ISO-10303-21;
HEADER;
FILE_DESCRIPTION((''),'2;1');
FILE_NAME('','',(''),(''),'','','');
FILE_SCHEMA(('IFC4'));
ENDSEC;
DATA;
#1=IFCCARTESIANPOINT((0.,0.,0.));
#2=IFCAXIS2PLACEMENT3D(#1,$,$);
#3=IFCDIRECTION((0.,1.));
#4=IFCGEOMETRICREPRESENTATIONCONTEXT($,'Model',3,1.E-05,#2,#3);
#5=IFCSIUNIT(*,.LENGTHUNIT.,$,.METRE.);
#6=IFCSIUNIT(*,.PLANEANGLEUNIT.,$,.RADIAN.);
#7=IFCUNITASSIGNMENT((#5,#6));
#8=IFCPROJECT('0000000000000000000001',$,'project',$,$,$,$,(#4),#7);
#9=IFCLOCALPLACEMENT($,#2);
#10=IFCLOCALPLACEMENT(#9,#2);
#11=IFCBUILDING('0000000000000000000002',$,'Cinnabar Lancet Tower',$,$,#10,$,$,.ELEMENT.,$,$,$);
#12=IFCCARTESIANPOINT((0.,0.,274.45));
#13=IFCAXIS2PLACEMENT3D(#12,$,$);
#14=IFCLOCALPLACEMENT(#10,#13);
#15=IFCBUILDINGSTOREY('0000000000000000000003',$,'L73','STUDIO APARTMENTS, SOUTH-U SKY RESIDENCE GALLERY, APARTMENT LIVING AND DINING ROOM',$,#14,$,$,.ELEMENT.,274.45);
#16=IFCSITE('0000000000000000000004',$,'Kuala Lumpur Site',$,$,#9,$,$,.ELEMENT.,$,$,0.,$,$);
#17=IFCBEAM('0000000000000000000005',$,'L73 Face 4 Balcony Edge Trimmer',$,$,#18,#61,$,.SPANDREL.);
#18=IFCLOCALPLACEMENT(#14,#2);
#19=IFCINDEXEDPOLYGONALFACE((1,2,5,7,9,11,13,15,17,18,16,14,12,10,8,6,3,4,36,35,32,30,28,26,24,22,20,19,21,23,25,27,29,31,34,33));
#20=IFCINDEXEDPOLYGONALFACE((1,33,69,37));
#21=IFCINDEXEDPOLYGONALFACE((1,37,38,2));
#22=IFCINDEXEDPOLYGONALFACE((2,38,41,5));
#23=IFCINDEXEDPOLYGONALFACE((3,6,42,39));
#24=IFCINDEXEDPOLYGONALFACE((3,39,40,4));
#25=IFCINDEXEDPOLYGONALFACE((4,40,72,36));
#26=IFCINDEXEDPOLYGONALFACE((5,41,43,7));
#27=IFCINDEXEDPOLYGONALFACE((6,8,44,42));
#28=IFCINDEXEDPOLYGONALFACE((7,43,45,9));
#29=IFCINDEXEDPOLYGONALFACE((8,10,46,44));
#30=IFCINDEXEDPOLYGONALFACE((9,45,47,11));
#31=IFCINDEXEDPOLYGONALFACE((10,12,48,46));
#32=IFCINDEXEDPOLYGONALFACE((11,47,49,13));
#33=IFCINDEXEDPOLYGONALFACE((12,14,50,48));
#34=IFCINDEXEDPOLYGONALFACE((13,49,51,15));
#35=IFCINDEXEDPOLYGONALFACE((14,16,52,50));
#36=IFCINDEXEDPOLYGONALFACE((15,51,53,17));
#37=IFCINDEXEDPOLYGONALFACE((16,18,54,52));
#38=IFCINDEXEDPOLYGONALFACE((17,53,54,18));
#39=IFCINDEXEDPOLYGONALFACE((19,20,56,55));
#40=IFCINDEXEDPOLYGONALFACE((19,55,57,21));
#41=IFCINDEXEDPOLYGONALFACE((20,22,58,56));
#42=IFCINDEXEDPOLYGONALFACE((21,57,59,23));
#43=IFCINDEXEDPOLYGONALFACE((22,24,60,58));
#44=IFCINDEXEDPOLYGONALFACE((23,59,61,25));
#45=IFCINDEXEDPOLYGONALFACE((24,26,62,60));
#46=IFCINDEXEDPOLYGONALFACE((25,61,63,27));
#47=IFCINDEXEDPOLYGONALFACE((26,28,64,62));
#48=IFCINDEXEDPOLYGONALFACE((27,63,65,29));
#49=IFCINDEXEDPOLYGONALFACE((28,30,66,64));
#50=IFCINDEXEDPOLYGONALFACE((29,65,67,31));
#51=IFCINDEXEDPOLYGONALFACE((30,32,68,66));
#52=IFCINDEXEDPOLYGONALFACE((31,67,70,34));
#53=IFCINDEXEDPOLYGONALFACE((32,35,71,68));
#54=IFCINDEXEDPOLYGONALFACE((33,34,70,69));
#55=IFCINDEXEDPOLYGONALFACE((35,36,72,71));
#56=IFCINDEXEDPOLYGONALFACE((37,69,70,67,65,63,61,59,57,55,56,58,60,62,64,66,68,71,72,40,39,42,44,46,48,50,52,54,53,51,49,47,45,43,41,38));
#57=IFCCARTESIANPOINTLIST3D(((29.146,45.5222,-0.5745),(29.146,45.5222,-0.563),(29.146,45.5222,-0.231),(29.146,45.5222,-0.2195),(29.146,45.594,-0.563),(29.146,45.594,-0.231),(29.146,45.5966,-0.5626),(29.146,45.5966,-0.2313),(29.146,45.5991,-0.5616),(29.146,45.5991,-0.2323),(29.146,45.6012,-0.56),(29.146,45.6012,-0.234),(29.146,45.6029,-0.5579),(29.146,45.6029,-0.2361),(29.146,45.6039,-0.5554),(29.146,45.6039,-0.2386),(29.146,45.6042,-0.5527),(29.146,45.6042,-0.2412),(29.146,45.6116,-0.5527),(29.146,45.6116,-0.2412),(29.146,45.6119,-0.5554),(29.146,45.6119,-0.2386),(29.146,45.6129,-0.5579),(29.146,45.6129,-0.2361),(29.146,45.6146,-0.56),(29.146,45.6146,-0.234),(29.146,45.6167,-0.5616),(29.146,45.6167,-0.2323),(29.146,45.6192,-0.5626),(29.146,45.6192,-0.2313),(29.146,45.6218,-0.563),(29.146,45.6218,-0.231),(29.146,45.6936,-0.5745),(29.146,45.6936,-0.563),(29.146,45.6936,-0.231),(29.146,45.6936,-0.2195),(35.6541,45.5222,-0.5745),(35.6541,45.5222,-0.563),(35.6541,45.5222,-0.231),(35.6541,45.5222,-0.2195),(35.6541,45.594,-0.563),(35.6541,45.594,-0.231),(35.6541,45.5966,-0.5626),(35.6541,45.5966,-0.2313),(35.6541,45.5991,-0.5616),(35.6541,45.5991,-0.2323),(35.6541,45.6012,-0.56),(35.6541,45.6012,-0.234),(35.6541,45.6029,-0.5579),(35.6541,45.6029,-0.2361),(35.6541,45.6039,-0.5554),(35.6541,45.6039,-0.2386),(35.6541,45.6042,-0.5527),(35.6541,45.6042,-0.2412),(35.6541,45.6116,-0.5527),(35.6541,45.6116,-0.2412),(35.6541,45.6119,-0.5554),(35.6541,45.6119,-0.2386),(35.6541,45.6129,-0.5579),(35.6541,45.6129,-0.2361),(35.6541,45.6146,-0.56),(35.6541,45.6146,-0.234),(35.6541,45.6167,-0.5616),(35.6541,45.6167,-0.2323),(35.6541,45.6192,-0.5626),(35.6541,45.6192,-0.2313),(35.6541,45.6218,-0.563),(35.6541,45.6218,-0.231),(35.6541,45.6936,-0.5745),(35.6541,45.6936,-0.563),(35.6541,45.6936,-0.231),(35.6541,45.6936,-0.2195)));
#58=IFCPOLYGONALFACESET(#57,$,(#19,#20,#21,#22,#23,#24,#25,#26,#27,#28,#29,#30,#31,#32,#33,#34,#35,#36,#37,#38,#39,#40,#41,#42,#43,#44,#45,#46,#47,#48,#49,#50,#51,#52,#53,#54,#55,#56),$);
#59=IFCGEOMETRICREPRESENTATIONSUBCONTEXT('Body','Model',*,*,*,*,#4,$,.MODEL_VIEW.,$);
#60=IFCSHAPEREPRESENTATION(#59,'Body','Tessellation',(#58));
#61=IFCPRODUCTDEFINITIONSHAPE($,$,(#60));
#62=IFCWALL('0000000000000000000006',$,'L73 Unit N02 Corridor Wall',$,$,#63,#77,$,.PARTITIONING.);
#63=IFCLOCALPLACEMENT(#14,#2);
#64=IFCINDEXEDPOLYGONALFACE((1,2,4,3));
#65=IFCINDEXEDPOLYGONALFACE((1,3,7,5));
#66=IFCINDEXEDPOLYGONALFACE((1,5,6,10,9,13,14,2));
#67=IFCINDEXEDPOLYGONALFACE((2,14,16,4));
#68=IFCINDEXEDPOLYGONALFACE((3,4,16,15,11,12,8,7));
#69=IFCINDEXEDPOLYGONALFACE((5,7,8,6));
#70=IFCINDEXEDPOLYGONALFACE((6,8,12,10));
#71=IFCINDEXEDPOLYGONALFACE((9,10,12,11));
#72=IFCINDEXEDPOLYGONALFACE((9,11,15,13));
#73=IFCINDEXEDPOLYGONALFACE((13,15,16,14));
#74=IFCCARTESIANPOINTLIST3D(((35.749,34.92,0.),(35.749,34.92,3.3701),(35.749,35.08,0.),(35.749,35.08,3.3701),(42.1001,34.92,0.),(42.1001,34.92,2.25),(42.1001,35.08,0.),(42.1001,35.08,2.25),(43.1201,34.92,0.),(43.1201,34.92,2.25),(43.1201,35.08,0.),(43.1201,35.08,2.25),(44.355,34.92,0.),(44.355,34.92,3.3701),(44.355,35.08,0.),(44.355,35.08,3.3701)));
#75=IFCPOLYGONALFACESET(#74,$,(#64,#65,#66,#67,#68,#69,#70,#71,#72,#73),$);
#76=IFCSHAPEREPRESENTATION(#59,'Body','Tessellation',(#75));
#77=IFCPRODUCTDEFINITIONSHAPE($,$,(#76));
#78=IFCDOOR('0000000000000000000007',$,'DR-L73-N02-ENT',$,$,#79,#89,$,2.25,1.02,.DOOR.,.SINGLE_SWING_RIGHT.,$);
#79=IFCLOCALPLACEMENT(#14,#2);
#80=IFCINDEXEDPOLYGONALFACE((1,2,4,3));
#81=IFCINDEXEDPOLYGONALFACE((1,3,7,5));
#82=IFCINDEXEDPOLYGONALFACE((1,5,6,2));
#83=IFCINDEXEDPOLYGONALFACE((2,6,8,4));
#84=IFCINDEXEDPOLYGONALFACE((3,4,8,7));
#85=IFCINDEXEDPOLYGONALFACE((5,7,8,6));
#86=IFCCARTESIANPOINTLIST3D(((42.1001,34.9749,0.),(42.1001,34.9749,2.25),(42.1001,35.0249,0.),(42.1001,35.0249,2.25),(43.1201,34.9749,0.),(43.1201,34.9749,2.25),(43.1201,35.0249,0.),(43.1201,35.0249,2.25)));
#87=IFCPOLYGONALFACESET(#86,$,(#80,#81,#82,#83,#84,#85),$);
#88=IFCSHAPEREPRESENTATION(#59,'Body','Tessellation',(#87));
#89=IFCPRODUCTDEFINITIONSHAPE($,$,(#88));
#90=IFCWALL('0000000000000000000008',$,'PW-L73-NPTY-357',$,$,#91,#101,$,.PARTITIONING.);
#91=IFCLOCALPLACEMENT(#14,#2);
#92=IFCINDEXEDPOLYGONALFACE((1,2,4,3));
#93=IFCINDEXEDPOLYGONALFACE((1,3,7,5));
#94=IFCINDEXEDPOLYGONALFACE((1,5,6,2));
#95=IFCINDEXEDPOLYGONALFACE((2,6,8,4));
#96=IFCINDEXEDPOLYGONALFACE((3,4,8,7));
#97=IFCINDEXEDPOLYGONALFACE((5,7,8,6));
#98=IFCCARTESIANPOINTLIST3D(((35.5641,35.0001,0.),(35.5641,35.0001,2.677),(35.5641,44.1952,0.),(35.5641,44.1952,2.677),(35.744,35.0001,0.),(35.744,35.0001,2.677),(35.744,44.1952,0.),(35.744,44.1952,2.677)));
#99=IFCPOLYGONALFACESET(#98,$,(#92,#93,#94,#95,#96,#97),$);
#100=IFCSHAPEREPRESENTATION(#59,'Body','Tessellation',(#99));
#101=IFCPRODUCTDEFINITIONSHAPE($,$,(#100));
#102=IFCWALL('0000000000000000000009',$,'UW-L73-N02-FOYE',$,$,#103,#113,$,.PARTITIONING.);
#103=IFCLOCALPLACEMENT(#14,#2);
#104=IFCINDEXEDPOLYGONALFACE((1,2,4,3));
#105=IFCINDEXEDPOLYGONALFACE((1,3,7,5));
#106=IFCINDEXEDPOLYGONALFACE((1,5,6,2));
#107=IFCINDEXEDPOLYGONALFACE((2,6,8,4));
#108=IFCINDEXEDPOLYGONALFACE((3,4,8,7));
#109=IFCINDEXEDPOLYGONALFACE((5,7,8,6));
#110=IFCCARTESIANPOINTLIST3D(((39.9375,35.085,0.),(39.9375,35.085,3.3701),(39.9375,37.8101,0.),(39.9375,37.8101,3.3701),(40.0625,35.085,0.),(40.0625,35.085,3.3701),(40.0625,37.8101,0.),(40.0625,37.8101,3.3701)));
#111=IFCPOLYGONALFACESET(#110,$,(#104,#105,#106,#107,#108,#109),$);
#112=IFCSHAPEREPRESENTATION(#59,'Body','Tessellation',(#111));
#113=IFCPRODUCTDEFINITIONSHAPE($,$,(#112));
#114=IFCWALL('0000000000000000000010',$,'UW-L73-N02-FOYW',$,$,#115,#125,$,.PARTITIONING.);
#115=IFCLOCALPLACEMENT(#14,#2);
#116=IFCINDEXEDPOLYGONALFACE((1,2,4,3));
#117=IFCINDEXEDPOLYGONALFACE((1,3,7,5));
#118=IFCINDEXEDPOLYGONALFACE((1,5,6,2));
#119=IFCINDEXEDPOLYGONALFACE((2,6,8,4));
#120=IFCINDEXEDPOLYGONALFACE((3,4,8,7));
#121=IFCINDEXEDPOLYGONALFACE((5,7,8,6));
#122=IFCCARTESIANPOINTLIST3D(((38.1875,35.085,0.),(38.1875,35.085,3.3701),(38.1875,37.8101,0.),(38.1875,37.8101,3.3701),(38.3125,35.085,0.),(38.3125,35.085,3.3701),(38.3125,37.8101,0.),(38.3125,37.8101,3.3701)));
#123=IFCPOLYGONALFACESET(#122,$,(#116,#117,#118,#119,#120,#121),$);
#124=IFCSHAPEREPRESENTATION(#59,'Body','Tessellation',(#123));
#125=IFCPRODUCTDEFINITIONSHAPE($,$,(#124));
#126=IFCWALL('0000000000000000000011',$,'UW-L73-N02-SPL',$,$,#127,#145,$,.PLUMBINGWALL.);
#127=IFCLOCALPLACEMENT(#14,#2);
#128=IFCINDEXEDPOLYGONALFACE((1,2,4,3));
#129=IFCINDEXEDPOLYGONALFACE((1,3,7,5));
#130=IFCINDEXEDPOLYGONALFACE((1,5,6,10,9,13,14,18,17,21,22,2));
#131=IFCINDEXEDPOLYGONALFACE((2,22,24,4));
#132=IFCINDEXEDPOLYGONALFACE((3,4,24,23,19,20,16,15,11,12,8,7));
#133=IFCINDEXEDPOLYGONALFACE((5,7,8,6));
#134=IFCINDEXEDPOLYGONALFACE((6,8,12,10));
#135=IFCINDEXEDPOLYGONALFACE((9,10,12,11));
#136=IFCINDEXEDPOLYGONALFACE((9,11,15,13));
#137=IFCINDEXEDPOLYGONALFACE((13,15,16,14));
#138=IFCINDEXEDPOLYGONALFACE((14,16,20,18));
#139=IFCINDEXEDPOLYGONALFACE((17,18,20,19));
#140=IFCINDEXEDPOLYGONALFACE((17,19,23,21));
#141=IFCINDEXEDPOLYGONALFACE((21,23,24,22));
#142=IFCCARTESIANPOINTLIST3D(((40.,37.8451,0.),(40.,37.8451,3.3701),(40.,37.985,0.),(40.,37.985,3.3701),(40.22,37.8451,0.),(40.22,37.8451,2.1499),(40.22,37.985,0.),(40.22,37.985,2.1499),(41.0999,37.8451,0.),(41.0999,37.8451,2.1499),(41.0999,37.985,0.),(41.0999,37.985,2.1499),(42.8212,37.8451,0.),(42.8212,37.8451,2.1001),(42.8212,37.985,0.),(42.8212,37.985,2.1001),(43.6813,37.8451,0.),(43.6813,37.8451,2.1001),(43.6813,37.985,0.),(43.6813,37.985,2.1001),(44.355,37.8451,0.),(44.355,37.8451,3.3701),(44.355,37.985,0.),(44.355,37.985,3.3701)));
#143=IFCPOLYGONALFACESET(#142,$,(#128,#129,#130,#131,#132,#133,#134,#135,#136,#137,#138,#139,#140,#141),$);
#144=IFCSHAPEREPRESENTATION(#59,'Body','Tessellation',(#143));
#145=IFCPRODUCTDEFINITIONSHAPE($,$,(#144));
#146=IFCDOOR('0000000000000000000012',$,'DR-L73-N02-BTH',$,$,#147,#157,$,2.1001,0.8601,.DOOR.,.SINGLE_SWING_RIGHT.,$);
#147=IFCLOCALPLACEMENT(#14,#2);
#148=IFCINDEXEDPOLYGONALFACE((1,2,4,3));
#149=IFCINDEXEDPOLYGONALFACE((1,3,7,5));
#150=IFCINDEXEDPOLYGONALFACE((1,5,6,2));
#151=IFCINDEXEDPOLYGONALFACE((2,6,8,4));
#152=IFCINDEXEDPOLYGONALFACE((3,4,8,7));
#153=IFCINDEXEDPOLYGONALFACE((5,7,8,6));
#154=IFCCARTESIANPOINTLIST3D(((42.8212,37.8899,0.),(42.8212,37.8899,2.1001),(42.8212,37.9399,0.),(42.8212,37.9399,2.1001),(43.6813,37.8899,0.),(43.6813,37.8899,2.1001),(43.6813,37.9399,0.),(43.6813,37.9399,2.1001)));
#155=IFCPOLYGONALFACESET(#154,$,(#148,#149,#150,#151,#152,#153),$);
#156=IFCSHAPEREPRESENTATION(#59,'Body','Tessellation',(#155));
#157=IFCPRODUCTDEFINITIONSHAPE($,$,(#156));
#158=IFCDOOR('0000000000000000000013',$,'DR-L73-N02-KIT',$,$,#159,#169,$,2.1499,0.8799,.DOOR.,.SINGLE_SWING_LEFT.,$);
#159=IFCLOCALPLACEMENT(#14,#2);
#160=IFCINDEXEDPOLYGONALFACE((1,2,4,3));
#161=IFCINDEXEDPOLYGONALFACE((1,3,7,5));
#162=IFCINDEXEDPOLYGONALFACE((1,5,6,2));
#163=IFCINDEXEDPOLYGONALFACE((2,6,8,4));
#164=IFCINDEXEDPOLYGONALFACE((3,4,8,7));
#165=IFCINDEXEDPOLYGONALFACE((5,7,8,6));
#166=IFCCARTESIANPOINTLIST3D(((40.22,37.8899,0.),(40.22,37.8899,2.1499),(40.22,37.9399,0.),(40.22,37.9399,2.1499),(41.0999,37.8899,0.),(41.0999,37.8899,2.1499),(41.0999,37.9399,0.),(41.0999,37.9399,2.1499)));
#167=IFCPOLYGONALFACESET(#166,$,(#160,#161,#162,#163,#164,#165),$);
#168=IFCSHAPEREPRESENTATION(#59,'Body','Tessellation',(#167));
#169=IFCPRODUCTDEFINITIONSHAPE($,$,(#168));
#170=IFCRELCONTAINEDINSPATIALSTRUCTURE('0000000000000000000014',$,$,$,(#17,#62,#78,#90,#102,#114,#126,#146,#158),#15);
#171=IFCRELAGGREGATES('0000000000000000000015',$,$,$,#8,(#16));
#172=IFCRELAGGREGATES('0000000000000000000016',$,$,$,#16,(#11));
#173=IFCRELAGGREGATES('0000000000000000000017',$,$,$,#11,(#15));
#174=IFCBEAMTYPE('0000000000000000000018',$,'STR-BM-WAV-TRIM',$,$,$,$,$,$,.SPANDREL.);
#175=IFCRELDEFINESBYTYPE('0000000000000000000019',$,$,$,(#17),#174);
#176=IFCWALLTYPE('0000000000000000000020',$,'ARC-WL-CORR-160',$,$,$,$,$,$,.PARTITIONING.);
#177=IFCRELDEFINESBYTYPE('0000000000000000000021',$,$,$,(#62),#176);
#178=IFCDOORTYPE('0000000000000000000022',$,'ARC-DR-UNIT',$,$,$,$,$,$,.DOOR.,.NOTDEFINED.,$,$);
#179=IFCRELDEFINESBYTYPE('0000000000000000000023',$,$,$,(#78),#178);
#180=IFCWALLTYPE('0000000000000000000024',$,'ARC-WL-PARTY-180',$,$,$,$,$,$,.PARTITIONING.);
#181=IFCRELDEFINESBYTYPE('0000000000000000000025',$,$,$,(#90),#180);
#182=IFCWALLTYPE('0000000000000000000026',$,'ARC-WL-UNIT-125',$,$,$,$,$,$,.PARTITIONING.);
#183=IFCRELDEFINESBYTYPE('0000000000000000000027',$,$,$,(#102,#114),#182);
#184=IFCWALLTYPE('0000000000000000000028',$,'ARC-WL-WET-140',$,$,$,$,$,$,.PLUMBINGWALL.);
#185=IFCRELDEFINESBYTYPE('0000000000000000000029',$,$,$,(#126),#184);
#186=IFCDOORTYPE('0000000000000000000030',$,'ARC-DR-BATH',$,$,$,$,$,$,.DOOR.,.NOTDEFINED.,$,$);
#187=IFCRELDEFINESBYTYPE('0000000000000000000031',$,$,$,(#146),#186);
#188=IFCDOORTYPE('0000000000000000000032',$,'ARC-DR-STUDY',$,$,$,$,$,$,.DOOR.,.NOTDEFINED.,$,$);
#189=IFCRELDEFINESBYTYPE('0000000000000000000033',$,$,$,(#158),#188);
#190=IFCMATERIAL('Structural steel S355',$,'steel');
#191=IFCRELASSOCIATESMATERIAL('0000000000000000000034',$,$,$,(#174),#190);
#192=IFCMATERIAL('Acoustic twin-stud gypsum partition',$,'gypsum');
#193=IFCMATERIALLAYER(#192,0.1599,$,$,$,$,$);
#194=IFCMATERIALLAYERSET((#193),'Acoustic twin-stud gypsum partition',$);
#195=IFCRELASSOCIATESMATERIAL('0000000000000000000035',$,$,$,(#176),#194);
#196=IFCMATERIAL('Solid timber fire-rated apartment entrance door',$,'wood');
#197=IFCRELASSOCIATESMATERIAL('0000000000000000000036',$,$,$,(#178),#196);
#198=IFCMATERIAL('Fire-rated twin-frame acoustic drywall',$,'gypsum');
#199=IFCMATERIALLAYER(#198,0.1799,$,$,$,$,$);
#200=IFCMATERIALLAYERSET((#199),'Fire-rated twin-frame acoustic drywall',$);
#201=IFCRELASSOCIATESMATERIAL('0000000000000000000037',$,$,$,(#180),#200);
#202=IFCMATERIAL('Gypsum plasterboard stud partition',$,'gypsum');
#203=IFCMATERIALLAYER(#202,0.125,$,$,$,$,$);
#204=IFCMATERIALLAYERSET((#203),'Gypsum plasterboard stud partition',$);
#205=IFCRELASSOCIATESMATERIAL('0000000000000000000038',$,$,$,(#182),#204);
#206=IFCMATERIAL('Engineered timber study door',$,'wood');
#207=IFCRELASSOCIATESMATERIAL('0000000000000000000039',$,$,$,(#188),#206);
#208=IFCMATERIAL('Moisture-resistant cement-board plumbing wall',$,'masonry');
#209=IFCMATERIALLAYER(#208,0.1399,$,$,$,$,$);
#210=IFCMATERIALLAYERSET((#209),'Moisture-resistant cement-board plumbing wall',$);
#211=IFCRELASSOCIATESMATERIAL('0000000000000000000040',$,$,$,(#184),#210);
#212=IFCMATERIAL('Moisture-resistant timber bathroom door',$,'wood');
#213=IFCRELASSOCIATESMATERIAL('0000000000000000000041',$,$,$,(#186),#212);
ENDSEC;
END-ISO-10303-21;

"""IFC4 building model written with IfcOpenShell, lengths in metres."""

from ifc_helpers import new_model, si_unit, direction, frame, frame_2d, origin, origin_2d, place, context, subcontext, project, spatial, rectangle, i_section, extrude, material, layer, layer_set, material_profile, profile_set, type_object, element, fill, save


model = new_model("IFC4")

# Units and contexts
model_context = context("Model", 3, precision=1e-05, world=origin(), true_north=direction((0.0, 1.0)))
body_context = subcontext(model_context, "Body", "Model", "MODEL_VIEW")
ifc_project = project(units=[si_unit("LENGTHUNIT", "METRE"), si_unit("PLANEANGLEUNIT", "RADIAN")], contexts=[model_context])

# Site, building, storey
site_placement = place(None, origin())
site = spatial("IfcSite", under=ifc_project, at=site_placement, Name="Kuala Lumpur Site", CompositionType="ELEMENT", RefElevation=0.0)
building_placement = place(site_placement, origin())
building = spatial("IfcBuilding", under=site, at=building_placement, Name="Cinnabar Lancet Tower", CompositionType="ELEMENT")
storey_placement = place(building_placement, frame((0.0, 0.0, 274.45)))
storey = spatial("IfcBuildingStorey", under=building, at=storey_placement, Name="L73", Description="STUDIO APARTMENTS, SOUTH-U SKY RESIDENCE GALLERY, APARTMENT LIVING AND DINING ROOM", CompositionType="ELEMENT", Elevation=274.45)

# Beam
ifc_material_1 = material(Name="Structural steel S355", Category="steel")
ifc_material_profile_1 = material_profile(ifc_material_1, i_section(OverallWidth=0.1714, OverallDepth=0.355, WebThickness=0.0073, FlangeThickness=0.0115, FilletRadius=0.0103, at=origin_2d()), Name="UKB 356x171x51")
ifc_profile_set_1 = profile_set([ifc_material_profile_1], Name="Structural steel S355")
beam_type_1 = type_object("IfcBeamType", Name="STR-BM-WAV-TRIM", PredefinedType="SPANDREL", material=ifc_profile_set_1)
beam_1_placement = place(storey_placement, frame((35.6541, 45.6079, -0.397), z_axis=(-1.0, 0.0, 0.0), x_axis=(0.0, -1.0, 0.0)))
element("IfcBeam", 1, at=beam_1_placement, inside=storey, type_object=beam_type_1, Name="L73 Face 4 Balcony Edge Trimmer", PredefinedType="SPANDREL", context=body_context, shape_type="SweptSolid", body=[
    extrude(i_section(OverallWidth=0.1714, OverallDepth=0.355, WebThickness=0.0073, FlangeThickness=0.0115, FilletRadius=0.0103, at=origin_2d()), origin(), (0.0, 0.0, 1.0), 6.5081),
])

# Wall, opening, door
ifc_material_2 = material(Name="Acoustic twin-stud gypsum partition", Category="gypsum")
ifc_layer_1 = layer(ifc_material_2, 0.1599)
ifc_layer_set_1 = layer_set([ifc_layer_1], Name="Acoustic twin-stud gypsum partition")
wall_type_1 = type_object("IfcWallType", Name="ARC-WL-CORR-160", PredefinedType="PARTITIONING", material=ifc_layer_set_1)
wall_1_placement = place(storey_placement, frame((35.749, 35.0, 0.0), z_axis=(0.0, 0.0, 1.0), x_axis=(1.0, 0.0, 0.0)))
wall_1 = element("IfcWall", 2, at=wall_1_placement, inside=storey, type_object=wall_type_1, Name="L73 Unit N02 Corridor Wall", PredefinedType="PARTITIONING", context=body_context, shape_type="SweptSolid", body=[
    extrude(rectangle(XDim=8.606, YDim=0.1599, at=frame_2d((4.303, 0.0))), origin(), (0.0, 0.0, 1.0), 3.3701),
])
opening_1_placement = place(wall_1_placement, frame((6.3511, 0.0, 0.0)))
opening_1 = element("IfcOpeningElement", 3, at=opening_1_placement, cuts=wall_1, PredefinedType="OPENING", context=body_context, shape_type="SweptSolid", body=[
    extrude(rectangle(XDim=1.02, YDim=2.25, at=frame_2d((0.51, 1.125))), frame((0.0, 0.0898, 0.0), z_axis=(0.0, -1.0, 0.0), x_axis=(1.0, 0.0, 0.0)), (0.0, 0.0, 1.0), 0.1799),
])
ifc_material_3 = material(Name="Solid timber fire-rated apartment entrance door", Category="wood")
door_type_1 = type_object("IfcDoorType", Name="ARC-DR-UNIT", OperationType="NOTDEFINED", PredefinedType="DOOR", material=ifc_material_3)
door_1_placement = place(opening_1_placement, origin())
door_1 = element("IfcDoor", 4, at=door_1_placement, inside=storey, type_object=door_type_1, Name="DR-L73-N02-ENT", OperationType="SINGLE_SWING_RIGHT", OverallHeight=2.25, OverallWidth=1.02, PredefinedType="DOOR", context=body_context, shape_type="SweptSolid", body=[
    extrude(rectangle(XDim=1.02, YDim=2.25, at=frame_2d((0.51, 1.125))), frame((0.0, 0.0249, 0.0), z_axis=(0.0, -1.0, 0.0), x_axis=(1.0, 0.0, 0.0)), (0.0, 0.0, 1.0), 0.05),
])
fill(opening_1, door_1)

# Walls
ifc_material_4 = material(Name="Fire-rated twin-frame acoustic drywall", Category="gypsum")
ifc_layer_2 = layer(ifc_material_4, 0.1799)
ifc_layer_set_2 = layer_set([ifc_layer_2], Name="Fire-rated twin-frame acoustic drywall")
wall_type_2 = type_object("IfcWallType", Name="ARC-WL-PARTY-180", PredefinedType="PARTITIONING", material=ifc_layer_set_2)
wall_2_placement = place(storey_placement, frame((35.6541, 35.0, 0.0), z_axis=(0.0, 0.0, 1.0), x_axis=(0.0, 1.0, 0.0)))
element("IfcWall", 5, at=wall_2_placement, inside=storey, type_object=wall_type_2, Name="PW-L73-NPTY-357", PredefinedType="PARTITIONING", context=body_context, shape_type="SweptSolid", body=[
    extrude(rectangle(XDim=9.1951, YDim=0.1799, at=frame_2d((4.5977, 0.0))), origin(), (0.0, 0.0, 1.0), 2.677),
])
ifc_material_5 = material(Name="Gypsum plasterboard stud partition", Category="gypsum")
ifc_layer_3 = layer(ifc_material_5, 0.125)
ifc_layer_set_3 = layer_set([ifc_layer_3], Name="Gypsum plasterboard stud partition")
wall_type_3 = type_object("IfcWallType", Name="ARC-WL-UNIT-125", PredefinedType="PARTITIONING", material=ifc_layer_set_3)
for number, where, z_axis, x_axis, name in (
    (6, (40.0, 35.085, 0.0), (0.0, 0.0, 1.0), (0.0, 1.0, 0.0), "UW-L73-N02-FOYE"),
    (7, (38.25, 35.085, 0.0), (0.0, 0.0, 1.0), (0.0, 1.0, 0.0), "UW-L73-N02-FOYW"),
):
    element("IfcWall", number, at=place(storey_placement, frame(where, z_axis=z_axis, x_axis=x_axis)), inside=storey, type_object=wall_type_3, Name=name, PredefinedType="PARTITIONING", context=body_context, shape_type="SweptSolid", body=[
        extrude(rectangle(XDim=2.7251, YDim=0.125, at=frame_2d((1.3625, 0.0))), origin(), (0.0, 0.0, 1.0), 3.3701),
    ])

# Shared definitions
ifc_material_6 = material(Name="Engineered timber study door", Category="wood")
door_type_2 = type_object("IfcDoorType", Name="ARC-DR-STUDY", OperationType="NOTDEFINED", PredefinedType="DOOR", material=ifc_material_6)

# Wall, openings, doors
ifc_material_7 = material(Name="Moisture-resistant cement-board plumbing wall", Category="masonry")
ifc_layer_4 = layer(ifc_material_7, 0.1399)
ifc_layer_set_4 = layer_set([ifc_layer_4], Name="Moisture-resistant cement-board plumbing wall")
wall_type_4 = type_object("IfcWallType", Name="ARC-WL-WET-140", PredefinedType="PLUMBINGWALL", material=ifc_layer_set_4)
wall_3_placement = place(storey_placement, frame((40.0, 37.915, 0.0), z_axis=(0.0, 0.0, 1.0), x_axis=(1.0, 0.0, 0.0)))
wall_3 = element("IfcWall", 8, at=wall_3_placement, inside=storey, type_object=wall_type_4, Name="UW-L73-N02-SPL", PredefinedType="PLUMBINGWALL", context=body_context, shape_type="SweptSolid", body=[
    extrude(rectangle(XDim=4.355, YDim=0.1399, at=frame_2d((2.1775, 0.0))), origin(), (0.0, 0.0, 1.0), 3.3701),
])
opening_2_placement = place(wall_3_placement, frame((2.821, 0.0, 0.0)))
opening_2 = element("IfcOpeningElement", 9, at=opening_2_placement, cuts=wall_3, PredefinedType="OPENING", context=body_context, shape_type="SweptSolid", body=[
    extrude(rectangle(XDim=0.8601, YDim=2.1001, at=frame_2d((0.4302, 1.05))), frame((0.0, 0.0798, 0.0), z_axis=(0.0, -1.0, 0.0), x_axis=(1.0, 0.0, 0.0)), (0.0, 0.0, 1.0), 0.1599),
])
opening_3_placement = place(wall_3_placement, frame((0.22, 0.0, 0.0)))
opening_3 = element("IfcOpeningElement", 10, at=opening_3_placement, cuts=wall_3, PredefinedType="OPENING", context=body_context, shape_type="SweptSolid", body=[
    extrude(rectangle(XDim=0.8799, YDim=2.1499, at=frame_2d((0.4399, 1.075))), frame((0.0, 0.0798, 0.0), z_axis=(0.0, -1.0, 0.0), x_axis=(1.0, 0.0, 0.0)), (0.0, 0.0, 1.0), 0.1599),
])
ifc_material_8 = material(Name="Moisture-resistant timber bathroom door", Category="wood")
door_type_3 = type_object("IfcDoorType", Name="ARC-DR-BATH", OperationType="NOTDEFINED", PredefinedType="DOOR", material=ifc_material_8)
door_2_placement = place(opening_2_placement, origin())
door_2 = element("IfcDoor", 11, at=door_2_placement, inside=storey, type_object=door_type_3, Name="DR-L73-N02-BTH", OperationType="SINGLE_SWING_RIGHT", OverallHeight=2.1001, OverallWidth=0.8601, PredefinedType="DOOR", context=body_context, shape_type="SweptSolid", body=[
    extrude(rectangle(XDim=0.8601, YDim=2.1001, at=frame_2d((0.4302, 1.05))), frame((0.0, 0.0249, 0.0), z_axis=(0.0, -1.0, 0.0), x_axis=(1.0, 0.0, 0.0)), (0.0, 0.0, 1.0), 0.05),
])
fill(opening_2, door_2)
door_3_placement = place(opening_3_placement, origin())
door_3 = element("IfcDoor", 12, at=door_3_placement, inside=storey, type_object=door_type_2, Name="DR-L73-N02-KIT", OperationType="SINGLE_SWING_LEFT", OverallHeight=2.1499, OverallWidth=0.8799, PredefinedType="DOOR", context=body_context, shape_type="SweptSolid", body=[
    extrude(rectangle(XDim=0.8799, YDim=2.1499, at=frame_2d((0.4399, 1.075))), frame((0.0, 0.0249, 0.0), z_axis=(0.0, -1.0, 0.0), x_axis=(1.0, 0.0, 0.0)), (0.0, 0.0, 1.0), 0.05),
])
fill(opening_3, door_3)

save(model, "model.ifc")
